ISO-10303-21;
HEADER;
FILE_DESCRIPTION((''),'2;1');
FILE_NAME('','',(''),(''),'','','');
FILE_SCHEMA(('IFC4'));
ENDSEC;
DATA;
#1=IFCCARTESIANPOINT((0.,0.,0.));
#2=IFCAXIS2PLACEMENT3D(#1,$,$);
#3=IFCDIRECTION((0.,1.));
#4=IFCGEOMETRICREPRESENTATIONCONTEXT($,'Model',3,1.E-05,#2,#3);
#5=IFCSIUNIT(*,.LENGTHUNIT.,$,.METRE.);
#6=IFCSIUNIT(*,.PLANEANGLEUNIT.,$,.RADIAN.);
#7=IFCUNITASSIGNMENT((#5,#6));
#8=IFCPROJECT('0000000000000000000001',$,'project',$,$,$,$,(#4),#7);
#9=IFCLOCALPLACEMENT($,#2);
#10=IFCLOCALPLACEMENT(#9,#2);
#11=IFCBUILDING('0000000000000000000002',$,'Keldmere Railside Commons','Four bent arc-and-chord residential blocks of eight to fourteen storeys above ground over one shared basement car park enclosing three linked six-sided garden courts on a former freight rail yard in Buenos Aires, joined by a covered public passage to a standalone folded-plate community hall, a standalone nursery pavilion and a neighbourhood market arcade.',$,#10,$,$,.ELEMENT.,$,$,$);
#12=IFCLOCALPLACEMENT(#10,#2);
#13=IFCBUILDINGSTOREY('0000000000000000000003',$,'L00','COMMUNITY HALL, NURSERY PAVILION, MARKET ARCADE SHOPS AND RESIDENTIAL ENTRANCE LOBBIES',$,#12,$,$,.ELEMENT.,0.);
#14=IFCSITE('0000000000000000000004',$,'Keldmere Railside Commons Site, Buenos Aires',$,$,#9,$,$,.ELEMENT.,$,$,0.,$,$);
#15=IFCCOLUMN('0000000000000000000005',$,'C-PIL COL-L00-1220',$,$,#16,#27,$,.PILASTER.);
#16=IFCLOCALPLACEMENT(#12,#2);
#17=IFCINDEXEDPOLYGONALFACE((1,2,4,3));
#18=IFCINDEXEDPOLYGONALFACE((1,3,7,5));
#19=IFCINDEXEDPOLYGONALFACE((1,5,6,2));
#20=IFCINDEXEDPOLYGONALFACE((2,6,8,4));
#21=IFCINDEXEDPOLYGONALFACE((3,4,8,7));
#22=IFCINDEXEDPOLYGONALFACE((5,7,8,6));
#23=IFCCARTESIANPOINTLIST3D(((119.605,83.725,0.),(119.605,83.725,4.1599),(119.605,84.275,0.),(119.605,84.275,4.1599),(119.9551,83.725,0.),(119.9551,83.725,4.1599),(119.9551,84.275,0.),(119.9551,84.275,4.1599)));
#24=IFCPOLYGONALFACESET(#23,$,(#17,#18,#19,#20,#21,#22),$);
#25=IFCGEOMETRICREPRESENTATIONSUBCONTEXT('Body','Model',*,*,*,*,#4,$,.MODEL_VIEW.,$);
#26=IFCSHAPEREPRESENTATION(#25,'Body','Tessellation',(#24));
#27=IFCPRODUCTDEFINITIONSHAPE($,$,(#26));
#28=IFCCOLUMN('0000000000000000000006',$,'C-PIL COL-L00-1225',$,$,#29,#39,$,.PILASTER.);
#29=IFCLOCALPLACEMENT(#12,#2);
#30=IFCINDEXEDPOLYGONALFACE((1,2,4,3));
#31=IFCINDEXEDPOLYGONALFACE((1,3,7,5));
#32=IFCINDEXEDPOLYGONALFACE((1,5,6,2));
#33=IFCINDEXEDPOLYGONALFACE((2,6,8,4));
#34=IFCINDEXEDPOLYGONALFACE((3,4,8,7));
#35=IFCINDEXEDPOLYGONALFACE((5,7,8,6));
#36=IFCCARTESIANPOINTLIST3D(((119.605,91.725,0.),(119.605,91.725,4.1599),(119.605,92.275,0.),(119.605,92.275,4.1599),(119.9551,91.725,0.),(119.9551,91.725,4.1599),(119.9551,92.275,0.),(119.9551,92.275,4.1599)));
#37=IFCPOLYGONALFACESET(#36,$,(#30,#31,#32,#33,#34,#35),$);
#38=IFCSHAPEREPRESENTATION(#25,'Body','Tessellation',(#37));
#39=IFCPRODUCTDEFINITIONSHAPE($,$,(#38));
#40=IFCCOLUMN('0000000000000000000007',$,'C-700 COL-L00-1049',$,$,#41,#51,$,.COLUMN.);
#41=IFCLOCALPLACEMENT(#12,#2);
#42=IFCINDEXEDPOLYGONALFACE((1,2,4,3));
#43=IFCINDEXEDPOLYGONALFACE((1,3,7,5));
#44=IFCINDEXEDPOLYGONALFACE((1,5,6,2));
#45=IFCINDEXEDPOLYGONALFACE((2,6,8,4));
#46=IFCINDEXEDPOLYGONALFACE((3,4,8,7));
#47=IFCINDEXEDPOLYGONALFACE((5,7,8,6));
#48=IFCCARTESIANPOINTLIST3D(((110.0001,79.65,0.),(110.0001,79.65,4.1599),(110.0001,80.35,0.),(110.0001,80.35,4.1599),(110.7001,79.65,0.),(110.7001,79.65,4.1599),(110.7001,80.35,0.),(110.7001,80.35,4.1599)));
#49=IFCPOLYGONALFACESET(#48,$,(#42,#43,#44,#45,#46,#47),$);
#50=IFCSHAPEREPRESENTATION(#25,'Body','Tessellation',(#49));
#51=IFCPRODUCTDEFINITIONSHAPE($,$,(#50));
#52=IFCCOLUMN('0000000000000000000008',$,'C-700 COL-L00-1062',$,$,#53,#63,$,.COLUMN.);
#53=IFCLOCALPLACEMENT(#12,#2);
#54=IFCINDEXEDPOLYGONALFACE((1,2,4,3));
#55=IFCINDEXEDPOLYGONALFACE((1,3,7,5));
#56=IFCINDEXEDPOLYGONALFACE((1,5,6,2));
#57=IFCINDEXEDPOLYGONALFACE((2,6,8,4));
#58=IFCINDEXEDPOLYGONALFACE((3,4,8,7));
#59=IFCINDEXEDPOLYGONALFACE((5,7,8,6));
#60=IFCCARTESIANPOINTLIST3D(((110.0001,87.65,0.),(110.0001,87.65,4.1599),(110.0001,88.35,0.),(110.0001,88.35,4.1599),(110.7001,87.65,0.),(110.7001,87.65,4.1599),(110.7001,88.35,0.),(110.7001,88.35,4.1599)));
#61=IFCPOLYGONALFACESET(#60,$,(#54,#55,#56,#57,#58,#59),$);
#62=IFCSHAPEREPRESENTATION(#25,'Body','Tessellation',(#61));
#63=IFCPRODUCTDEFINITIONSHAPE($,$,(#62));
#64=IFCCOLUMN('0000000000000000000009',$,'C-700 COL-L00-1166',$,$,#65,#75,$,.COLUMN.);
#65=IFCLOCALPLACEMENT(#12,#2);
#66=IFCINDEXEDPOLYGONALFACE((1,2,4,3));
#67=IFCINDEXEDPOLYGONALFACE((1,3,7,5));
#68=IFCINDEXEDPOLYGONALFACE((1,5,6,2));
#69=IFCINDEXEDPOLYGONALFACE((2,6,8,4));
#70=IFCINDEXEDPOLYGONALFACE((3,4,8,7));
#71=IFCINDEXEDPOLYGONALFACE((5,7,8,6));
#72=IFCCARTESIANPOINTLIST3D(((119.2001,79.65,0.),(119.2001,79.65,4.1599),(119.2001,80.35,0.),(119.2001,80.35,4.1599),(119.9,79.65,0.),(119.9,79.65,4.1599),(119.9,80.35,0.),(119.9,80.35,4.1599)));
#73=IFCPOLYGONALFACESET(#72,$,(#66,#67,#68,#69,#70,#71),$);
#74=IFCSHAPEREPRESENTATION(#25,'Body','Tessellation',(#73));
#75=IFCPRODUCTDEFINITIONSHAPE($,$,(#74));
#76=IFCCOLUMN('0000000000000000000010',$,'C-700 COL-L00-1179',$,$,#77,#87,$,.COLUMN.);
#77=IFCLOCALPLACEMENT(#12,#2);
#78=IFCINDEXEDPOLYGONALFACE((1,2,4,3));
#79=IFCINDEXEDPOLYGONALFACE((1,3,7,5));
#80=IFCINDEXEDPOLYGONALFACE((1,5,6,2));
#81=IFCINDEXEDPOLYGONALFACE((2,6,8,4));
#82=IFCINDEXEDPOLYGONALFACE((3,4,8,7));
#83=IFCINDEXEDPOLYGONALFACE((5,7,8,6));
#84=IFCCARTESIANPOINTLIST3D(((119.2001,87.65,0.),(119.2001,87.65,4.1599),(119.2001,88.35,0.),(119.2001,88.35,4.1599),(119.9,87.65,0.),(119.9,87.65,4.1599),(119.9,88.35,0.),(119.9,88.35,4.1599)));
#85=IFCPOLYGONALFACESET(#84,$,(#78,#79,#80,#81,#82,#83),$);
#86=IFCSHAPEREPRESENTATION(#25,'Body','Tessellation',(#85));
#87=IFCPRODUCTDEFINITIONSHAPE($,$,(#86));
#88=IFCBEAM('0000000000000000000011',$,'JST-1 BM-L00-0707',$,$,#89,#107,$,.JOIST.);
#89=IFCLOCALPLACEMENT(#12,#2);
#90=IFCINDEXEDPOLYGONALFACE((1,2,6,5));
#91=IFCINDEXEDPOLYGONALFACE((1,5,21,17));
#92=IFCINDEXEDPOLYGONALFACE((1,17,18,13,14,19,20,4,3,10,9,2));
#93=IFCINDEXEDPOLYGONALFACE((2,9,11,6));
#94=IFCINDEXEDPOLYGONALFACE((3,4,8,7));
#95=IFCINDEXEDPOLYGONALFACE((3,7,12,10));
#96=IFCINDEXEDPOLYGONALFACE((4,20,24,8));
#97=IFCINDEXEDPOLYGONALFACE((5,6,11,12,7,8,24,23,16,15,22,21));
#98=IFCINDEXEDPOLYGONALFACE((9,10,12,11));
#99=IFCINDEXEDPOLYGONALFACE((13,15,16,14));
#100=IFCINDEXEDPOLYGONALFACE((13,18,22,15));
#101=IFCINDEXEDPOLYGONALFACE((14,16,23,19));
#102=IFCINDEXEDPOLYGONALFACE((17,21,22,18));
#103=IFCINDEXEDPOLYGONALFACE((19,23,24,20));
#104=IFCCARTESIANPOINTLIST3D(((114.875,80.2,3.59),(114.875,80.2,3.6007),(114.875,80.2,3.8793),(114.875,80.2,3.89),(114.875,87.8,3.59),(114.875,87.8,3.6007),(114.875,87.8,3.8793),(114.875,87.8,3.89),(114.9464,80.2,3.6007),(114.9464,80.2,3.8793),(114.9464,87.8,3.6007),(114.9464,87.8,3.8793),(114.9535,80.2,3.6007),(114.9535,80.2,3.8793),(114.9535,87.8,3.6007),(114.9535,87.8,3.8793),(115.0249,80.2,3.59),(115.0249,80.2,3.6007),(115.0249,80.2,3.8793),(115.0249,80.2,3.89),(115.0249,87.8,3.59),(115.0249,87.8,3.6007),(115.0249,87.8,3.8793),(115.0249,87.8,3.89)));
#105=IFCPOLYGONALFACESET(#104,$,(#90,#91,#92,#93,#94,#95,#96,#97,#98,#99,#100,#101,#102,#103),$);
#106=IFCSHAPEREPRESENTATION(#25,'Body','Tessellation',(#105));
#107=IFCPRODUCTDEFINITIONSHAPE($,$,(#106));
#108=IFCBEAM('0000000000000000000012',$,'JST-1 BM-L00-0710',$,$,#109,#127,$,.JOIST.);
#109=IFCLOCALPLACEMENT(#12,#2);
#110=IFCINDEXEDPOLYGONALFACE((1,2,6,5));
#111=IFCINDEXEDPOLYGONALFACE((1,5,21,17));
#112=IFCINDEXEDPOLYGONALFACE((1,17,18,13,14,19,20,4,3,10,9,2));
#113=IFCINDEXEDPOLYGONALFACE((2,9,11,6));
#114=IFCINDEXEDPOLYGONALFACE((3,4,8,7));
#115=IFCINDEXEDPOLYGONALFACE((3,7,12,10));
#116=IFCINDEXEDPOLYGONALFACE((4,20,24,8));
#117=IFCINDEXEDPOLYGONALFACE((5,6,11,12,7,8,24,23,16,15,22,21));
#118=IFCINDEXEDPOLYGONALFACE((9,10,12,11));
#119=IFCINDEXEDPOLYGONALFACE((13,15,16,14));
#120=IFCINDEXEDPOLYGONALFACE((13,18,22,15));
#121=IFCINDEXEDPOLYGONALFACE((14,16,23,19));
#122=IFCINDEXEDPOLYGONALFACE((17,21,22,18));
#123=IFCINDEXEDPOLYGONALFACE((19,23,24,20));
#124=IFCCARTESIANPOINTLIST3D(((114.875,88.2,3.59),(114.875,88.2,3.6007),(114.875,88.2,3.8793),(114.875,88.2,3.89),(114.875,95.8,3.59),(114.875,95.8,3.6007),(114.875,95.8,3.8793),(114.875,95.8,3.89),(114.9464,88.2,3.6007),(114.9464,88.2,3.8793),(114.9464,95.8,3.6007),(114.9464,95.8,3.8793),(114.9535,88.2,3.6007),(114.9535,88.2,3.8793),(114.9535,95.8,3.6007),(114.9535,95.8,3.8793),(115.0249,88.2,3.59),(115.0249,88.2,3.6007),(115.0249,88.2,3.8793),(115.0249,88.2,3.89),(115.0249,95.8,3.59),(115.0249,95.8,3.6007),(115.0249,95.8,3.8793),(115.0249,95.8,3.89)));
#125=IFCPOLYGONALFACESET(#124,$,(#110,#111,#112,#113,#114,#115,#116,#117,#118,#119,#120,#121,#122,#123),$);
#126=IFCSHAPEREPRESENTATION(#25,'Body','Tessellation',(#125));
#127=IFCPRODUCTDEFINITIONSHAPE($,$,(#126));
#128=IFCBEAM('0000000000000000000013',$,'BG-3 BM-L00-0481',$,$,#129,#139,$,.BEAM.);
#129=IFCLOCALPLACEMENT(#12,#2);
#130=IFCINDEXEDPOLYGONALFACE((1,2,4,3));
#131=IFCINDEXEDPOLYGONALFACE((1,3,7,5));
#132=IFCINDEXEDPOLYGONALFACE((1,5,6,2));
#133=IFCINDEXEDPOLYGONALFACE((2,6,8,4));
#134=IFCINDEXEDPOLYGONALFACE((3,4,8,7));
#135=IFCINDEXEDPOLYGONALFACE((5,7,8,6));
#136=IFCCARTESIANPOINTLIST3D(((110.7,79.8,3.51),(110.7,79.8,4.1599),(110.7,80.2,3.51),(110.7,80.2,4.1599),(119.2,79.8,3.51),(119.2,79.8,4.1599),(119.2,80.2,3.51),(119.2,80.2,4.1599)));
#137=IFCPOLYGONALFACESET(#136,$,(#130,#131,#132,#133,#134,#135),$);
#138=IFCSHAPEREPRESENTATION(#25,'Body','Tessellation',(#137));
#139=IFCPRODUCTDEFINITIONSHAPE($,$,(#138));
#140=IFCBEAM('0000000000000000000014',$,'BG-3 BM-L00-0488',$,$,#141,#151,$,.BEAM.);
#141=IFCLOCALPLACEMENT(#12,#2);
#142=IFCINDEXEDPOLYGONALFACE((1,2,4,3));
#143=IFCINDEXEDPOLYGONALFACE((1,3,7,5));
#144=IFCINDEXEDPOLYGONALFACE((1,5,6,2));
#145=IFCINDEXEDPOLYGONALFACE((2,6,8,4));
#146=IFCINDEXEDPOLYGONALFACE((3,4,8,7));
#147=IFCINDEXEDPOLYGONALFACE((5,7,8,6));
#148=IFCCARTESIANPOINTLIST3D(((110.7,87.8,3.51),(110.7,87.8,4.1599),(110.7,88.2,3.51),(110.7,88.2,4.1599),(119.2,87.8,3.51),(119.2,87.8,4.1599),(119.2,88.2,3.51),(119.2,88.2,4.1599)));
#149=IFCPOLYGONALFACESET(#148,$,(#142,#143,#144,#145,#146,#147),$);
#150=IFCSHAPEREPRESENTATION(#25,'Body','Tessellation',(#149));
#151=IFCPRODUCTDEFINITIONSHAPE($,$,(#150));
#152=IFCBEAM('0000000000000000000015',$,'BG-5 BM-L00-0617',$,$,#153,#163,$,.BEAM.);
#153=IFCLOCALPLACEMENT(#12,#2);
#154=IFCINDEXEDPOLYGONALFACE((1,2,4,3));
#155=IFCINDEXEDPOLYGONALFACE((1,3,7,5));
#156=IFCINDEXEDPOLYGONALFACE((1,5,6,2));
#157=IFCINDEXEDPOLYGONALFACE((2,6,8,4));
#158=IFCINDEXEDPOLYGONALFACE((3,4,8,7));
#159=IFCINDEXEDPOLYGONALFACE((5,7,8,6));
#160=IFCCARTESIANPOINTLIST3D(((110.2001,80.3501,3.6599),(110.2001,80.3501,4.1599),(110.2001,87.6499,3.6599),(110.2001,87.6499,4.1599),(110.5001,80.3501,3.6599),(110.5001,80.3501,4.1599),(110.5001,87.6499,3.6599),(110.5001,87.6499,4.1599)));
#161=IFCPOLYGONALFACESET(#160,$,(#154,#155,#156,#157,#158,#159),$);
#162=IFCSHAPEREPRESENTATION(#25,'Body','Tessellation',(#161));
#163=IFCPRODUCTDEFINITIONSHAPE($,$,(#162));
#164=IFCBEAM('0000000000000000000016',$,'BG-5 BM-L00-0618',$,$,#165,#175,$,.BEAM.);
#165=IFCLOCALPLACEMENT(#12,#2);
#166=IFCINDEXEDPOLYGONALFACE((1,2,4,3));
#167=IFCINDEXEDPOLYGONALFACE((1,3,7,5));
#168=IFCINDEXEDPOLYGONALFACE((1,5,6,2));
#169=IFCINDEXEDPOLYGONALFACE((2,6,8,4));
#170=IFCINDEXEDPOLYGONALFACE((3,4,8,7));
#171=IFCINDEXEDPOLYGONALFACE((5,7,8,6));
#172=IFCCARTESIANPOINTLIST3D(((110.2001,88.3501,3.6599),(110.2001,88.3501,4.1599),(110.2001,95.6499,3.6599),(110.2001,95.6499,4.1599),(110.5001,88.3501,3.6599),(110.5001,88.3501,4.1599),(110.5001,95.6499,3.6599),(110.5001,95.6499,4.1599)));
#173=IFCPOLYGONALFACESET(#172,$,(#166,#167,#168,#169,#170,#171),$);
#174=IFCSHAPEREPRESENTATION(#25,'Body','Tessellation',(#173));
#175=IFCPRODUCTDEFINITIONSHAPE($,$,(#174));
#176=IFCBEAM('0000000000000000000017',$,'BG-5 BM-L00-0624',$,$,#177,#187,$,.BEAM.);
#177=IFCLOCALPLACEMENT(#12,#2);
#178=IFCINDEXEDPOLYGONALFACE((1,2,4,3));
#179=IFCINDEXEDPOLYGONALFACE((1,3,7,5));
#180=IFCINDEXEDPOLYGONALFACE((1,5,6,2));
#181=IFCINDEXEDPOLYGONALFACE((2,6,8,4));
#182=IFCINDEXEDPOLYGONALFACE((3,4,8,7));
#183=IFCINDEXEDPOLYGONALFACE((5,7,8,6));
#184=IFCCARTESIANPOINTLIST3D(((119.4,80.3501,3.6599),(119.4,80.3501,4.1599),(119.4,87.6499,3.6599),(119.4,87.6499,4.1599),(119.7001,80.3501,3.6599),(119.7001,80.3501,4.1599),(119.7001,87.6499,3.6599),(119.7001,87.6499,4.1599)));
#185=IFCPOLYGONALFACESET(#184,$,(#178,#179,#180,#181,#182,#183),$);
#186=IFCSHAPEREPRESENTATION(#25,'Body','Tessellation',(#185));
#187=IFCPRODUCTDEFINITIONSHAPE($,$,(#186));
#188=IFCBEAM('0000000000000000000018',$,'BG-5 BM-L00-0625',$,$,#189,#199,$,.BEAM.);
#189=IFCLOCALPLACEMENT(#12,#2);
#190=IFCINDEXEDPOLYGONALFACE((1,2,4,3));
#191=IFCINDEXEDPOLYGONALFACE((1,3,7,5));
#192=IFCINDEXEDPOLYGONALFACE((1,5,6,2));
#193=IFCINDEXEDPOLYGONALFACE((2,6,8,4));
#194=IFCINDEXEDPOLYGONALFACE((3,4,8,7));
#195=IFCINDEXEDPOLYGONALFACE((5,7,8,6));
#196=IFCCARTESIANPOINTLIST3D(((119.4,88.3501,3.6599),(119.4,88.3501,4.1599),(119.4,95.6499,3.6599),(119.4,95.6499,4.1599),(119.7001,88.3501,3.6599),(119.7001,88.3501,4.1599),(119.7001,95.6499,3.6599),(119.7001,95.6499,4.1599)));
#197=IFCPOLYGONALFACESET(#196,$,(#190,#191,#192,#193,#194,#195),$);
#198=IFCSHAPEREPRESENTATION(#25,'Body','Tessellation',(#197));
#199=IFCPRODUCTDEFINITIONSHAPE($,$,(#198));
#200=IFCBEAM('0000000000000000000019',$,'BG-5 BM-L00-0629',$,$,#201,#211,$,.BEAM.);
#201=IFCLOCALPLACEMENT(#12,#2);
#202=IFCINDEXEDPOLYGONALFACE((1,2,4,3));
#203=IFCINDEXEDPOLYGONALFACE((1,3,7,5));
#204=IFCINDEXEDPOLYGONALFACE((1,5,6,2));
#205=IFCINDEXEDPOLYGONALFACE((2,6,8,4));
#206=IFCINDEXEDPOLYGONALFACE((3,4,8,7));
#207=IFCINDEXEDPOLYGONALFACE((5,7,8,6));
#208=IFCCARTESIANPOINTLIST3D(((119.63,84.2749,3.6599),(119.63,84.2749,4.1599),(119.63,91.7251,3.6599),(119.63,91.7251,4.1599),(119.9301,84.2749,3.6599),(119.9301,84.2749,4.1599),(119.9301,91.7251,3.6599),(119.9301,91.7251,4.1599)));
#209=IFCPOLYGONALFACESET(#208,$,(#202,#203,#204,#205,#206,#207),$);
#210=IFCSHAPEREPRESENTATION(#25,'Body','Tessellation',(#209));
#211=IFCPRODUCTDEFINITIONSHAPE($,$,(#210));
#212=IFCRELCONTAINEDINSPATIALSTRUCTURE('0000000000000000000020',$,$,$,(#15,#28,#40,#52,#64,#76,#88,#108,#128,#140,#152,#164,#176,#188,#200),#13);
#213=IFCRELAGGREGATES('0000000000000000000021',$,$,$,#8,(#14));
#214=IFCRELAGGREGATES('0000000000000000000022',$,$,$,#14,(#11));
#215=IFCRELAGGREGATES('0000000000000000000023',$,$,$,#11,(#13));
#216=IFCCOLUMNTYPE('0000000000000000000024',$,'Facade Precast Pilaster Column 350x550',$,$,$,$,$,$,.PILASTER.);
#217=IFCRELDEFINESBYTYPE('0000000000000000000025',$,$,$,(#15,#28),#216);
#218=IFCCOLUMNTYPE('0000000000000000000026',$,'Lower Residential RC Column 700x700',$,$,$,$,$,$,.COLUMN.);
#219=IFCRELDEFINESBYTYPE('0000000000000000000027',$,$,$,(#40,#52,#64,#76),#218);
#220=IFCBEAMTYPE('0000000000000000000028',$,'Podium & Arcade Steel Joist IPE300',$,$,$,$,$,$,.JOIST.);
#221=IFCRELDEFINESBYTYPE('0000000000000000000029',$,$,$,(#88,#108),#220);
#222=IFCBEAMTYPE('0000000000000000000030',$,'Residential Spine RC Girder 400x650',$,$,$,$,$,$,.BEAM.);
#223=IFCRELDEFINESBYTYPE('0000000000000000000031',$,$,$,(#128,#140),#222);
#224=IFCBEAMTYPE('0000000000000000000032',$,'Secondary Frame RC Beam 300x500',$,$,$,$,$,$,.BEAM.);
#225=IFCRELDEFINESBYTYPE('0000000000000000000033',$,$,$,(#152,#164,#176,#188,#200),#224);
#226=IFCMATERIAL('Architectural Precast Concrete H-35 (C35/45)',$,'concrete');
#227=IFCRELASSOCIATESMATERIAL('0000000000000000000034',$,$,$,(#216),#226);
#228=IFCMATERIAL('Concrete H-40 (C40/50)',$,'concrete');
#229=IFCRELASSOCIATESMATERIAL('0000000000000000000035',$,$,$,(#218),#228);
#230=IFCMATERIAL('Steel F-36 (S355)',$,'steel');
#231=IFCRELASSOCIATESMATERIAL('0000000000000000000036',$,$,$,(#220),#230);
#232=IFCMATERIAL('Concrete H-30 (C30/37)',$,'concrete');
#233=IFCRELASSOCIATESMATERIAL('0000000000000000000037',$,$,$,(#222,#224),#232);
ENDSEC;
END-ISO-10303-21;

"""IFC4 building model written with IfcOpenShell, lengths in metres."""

from ifc_helpers import new_model, si_unit, direction, frame, origin, origin_2d, place, context, subcontext, project, spatial, rectangle, i_section, extrude, material, material_profile, profile_set, type_object, element, save


model = new_model("IFC4")

# Units and contexts
model_context = context("Model", 3, precision=1e-05, world=origin(), true_north=direction((0.0, 1.0)))
body_context = subcontext(model_context, "Body", "Model", "MODEL_VIEW")
ifc_project = project(units=[si_unit("LENGTHUNIT", "METRE"), si_unit("PLANEANGLEUNIT", "RADIAN")], contexts=[model_context])

# Site, building, storey
site_placement = place(None, origin())
site = spatial("IfcSite", under=ifc_project, at=site_placement, Name="Keldmere Railside Commons Site, Buenos Aires", CompositionType="ELEMENT", RefElevation=0.0)
building_placement = place(site_placement, origin())
building = spatial("IfcBuilding", under=site, at=building_placement, Name="Keldmere Railside Commons", Description="Four bent arc-and-chord residential blocks of eight to fourteen storeys above ground over one shared basement car park enclosing three linked six-sided garden courts on a former freight rail yard in Buenos Aires, joined by a covered public passage to a standalone folded-plate community hall, a standalone nursery pavilion and a neighbourhood market arcade.", CompositionType="ELEMENT")
storey_placement = place(building_placement, origin())
storey = spatial("IfcBuildingStorey", under=building, at=storey_placement, Name="L00", Description="COMMUNITY HALL, NURSERY PAVILION, MARKET ARCADE SHOPS AND RESIDENTIAL ENTRANCE LOBBIES", CompositionType="ELEMENT", Elevation=0.0)

# Columns
ifc_material_1 = material(Name="Architectural Precast Concrete H-35 (C35/45)", Category="concrete")
ifc_material_profile_1 = material_profile(ifc_material_1, rectangle(XDim=0.3501, YDim=0.55, at=origin_2d()), Name="RC-350x550")
ifc_profile_set_1 = profile_set([ifc_material_profile_1], Name="Architectural Precast Concrete H-35 (C35/45)")
column_type_1 = type_object("IfcColumnType", Name="Facade Precast Pilaster Column 350x550", PredefinedType="PILASTER", material=ifc_profile_set_1)
for number, where, z_axis, x_axis, name in (
    (1, (119.78, 84.0, 0.0), (0.0, 0.0, 1.0), (1.0, 0.0, 0.0), "C-PIL COL-L00-1220"),
    (2, (119.78, 92.0, 0.0), (0.0, 0.0, 1.0), (1.0, 0.0, 0.0), "C-PIL COL-L00-1225"),
):
    element("IfcColumn", number, at=place(storey_placement, frame(where, z_axis=z_axis, x_axis=x_axis)), inside=storey, type_object=column_type_1, Name=name, PredefinedType="PILASTER", context=body_context, shape_type="SweptSolid", body=[
        extrude(rectangle(XDim=0.3501, YDim=0.55, at=origin_2d()), origin(), (0.0, 0.0, 1.0), 4.1599),
    ])
ifc_material_2 = material(Name="Concrete H-40 (C40/50)", Category="concrete")
ifc_material_profile_2 = material_profile(ifc_material_2, rectangle(XDim=0.7, YDim=0.7, at=origin_2d()), Name="RC-700x700")
ifc_profile_set_2 = profile_set([ifc_material_profile_2], Name="Concrete H-40 (C40/50)")
column_type_2 = type_object("IfcColumnType", Name="Lower Residential RC Column 700x700", PredefinedType="COLUMN", material=ifc_profile_set_2)
for number, where, z_axis, x_axis, name in (
    (3, (110.3501, 80.0, 0.0), (0.0, 0.0, 1.0), (1.0, 0.0, 0.0), "C-700 COL-L00-1049"),
    (4, (110.3501, 88.0, 0.0), (0.0, 0.0, 1.0), (1.0, 0.0, 0.0), "C-700 COL-L00-1062"),
    (5, (119.55, 80.0, 0.0), (0.0, 0.0, 1.0), (1.0, 0.0, 0.0), "C-700 COL-L00-1166"),
    (6, (119.55, 88.0, 0.0), (0.0, 0.0, 1.0), (1.0, 0.0, 0.0), "C-700 COL-L00-1179"),
):
    element("IfcColumn", number, at=place(storey_placement, frame(where, z_axis=z_axis, x_axis=x_axis)), inside=storey, type_object=column_type_2, Name=name, PredefinedType="COLUMN", context=body_context, shape_type="SweptSolid", body=[
        extrude(rectangle(XDim=0.7, YDim=0.7, at=origin_2d()), origin(), (0.0, 0.0, 1.0), 4.1599),
    ])

# Beams
ifc_material_3 = material(Name="Steel F-36 (S355)", Category="steel")
ifc_material_profile_3 = material_profile(ifc_material_3, i_section(OverallWidth=0.1499, OverallDepth=0.3, WebThickness=0.0071, FlangeThickness=0.0107, at=origin_2d()), Name="IPE-300")
ifc_profile_set_3 = profile_set([ifc_material_profile_3], Name="Steel F-36 (S355)")
beam_type_1 = type_object("IfcBeamType", Name="Podium & Arcade Steel Joist IPE300", PredefinedType="JOIST", material=ifc_profile_set_3)
for number, where, z_axis, x_axis, name in (
    (7, (114.95, 80.2, 3.74), (0.0, 1.0, 0.0), (-1.0, 0.0, 0.0), "JST-1 BM-L00-0707"),
    (8, (114.95, 88.2, 3.74), (0.0, 1.0, 0.0), (-1.0, 0.0, 0.0), "JST-1 BM-L00-0710"),
):
    element("IfcBeam", number, at=place(storey_placement, frame(where, z_axis=z_axis, x_axis=x_axis)), inside=storey, type_object=beam_type_1, Name=name, PredefinedType="JOIST", context=body_context, shape_type="SweptSolid", body=[
        extrude(i_section(OverallWidth=0.1499, OverallDepth=0.3, WebThickness=0.0071, FlangeThickness=0.0107, at=origin_2d()), origin(), (0.0, 0.0, 1.0), 7.6001),
    ])
ifc_material_4 = material(Name="Concrete H-30 (C30/37)", Category="concrete")
ifc_material_profile_4 = material_profile(ifc_material_4, rectangle(XDim=0.3999, YDim=0.6499, at=origin_2d()), Name="RC-400x650")
ifc_profile_set_4 = profile_set([ifc_material_profile_4], Name="Concrete H-30 (C30/37)")
beam_type_2 = type_object("IfcBeamType", Name="Residential Spine RC Girder 400x650", PredefinedType="BEAM", material=ifc_profile_set_4)
for number, where, z_axis, x_axis, name in (
    (9, (110.7, 80.0, 3.835), (1.0, 0.0, 0.0), (0.0, 1.0, 0.0), "BG-3 BM-L00-0481"),
    (10, (110.7, 88.0, 3.835), (1.0, 0.0, 0.0), (0.0, 1.0, 0.0), "BG-3 BM-L00-0488"),
):
    element("IfcBeam", number, at=place(storey_placement, frame(where, z_axis=z_axis, x_axis=x_axis)), inside=storey, type_object=beam_type_2, Name=name, PredefinedType="BEAM", context=body_context, shape_type="SweptSolid", body=[
        extrude(rectangle(XDim=0.3999, YDim=0.6499, at=origin_2d()), origin(), (0.0, 0.0, 1.0), 8.5),
    ])
ifc_material_profile_5 = material_profile(ifc_material_4, rectangle(XDim=0.3, YDim=0.5, at=origin_2d()), Name="RC-300x500")
ifc_profile_set_5 = profile_set([ifc_material_profile_5], Name="Concrete H-30 (C30/37)")
beam_type_3 = type_object("IfcBeamType", Name="Secondary Frame RC Beam 300x500", PredefinedType="BEAM", material=ifc_profile_set_5)
for number, where, z_axis, x_axis, name in (
    (11, (110.3501, 80.3501, 3.9099), (0.0, 1.0, 0.0), (-1.0, 0.0, 0.0), "BG-5 BM-L00-0617"),
    (12, (110.3501, 88.3501, 3.9099), (0.0, 1.0, 0.0), (-1.0, 0.0, 0.0), "BG-5 BM-L00-0618"),
    (13, (119.55, 80.3501, 3.9099), (0.0, 1.0, 0.0), (-1.0, 0.0, 0.0), "BG-5 BM-L00-0624"),
    (14, (119.55, 88.3501, 3.9099), (0.0, 1.0, 0.0), (-1.0, 0.0, 0.0), "BG-5 BM-L00-0625"),
):
    element("IfcBeam", number, at=place(storey_placement, frame(where, z_axis=z_axis, x_axis=x_axis)), inside=storey, type_object=beam_type_3, Name=name, PredefinedType="BEAM", context=body_context, shape_type="SweptSolid", body=[
        extrude(rectangle(XDim=0.3, YDim=0.5, at=origin_2d()), origin(), (0.0, 0.0, 1.0), 7.2998),
    ])
beam_placement = place(storey_placement, frame((119.78, 84.2749, 3.9099), z_axis=(0.0, 1.0, 0.0), x_axis=(-1.0, 0.0, 0.0)))
element("IfcBeam", 15, at=beam_placement, inside=storey, type_object=beam_type_3, Name="BG-5 BM-L00-0629", PredefinedType="BEAM", context=body_context, shape_type="SweptSolid", body=[
    extrude(rectangle(XDim=0.3, YDim=0.5, at=origin_2d()), origin(), (0.0, 0.0, 1.0), 7.4502),
])

save(model, "model.ifc")
